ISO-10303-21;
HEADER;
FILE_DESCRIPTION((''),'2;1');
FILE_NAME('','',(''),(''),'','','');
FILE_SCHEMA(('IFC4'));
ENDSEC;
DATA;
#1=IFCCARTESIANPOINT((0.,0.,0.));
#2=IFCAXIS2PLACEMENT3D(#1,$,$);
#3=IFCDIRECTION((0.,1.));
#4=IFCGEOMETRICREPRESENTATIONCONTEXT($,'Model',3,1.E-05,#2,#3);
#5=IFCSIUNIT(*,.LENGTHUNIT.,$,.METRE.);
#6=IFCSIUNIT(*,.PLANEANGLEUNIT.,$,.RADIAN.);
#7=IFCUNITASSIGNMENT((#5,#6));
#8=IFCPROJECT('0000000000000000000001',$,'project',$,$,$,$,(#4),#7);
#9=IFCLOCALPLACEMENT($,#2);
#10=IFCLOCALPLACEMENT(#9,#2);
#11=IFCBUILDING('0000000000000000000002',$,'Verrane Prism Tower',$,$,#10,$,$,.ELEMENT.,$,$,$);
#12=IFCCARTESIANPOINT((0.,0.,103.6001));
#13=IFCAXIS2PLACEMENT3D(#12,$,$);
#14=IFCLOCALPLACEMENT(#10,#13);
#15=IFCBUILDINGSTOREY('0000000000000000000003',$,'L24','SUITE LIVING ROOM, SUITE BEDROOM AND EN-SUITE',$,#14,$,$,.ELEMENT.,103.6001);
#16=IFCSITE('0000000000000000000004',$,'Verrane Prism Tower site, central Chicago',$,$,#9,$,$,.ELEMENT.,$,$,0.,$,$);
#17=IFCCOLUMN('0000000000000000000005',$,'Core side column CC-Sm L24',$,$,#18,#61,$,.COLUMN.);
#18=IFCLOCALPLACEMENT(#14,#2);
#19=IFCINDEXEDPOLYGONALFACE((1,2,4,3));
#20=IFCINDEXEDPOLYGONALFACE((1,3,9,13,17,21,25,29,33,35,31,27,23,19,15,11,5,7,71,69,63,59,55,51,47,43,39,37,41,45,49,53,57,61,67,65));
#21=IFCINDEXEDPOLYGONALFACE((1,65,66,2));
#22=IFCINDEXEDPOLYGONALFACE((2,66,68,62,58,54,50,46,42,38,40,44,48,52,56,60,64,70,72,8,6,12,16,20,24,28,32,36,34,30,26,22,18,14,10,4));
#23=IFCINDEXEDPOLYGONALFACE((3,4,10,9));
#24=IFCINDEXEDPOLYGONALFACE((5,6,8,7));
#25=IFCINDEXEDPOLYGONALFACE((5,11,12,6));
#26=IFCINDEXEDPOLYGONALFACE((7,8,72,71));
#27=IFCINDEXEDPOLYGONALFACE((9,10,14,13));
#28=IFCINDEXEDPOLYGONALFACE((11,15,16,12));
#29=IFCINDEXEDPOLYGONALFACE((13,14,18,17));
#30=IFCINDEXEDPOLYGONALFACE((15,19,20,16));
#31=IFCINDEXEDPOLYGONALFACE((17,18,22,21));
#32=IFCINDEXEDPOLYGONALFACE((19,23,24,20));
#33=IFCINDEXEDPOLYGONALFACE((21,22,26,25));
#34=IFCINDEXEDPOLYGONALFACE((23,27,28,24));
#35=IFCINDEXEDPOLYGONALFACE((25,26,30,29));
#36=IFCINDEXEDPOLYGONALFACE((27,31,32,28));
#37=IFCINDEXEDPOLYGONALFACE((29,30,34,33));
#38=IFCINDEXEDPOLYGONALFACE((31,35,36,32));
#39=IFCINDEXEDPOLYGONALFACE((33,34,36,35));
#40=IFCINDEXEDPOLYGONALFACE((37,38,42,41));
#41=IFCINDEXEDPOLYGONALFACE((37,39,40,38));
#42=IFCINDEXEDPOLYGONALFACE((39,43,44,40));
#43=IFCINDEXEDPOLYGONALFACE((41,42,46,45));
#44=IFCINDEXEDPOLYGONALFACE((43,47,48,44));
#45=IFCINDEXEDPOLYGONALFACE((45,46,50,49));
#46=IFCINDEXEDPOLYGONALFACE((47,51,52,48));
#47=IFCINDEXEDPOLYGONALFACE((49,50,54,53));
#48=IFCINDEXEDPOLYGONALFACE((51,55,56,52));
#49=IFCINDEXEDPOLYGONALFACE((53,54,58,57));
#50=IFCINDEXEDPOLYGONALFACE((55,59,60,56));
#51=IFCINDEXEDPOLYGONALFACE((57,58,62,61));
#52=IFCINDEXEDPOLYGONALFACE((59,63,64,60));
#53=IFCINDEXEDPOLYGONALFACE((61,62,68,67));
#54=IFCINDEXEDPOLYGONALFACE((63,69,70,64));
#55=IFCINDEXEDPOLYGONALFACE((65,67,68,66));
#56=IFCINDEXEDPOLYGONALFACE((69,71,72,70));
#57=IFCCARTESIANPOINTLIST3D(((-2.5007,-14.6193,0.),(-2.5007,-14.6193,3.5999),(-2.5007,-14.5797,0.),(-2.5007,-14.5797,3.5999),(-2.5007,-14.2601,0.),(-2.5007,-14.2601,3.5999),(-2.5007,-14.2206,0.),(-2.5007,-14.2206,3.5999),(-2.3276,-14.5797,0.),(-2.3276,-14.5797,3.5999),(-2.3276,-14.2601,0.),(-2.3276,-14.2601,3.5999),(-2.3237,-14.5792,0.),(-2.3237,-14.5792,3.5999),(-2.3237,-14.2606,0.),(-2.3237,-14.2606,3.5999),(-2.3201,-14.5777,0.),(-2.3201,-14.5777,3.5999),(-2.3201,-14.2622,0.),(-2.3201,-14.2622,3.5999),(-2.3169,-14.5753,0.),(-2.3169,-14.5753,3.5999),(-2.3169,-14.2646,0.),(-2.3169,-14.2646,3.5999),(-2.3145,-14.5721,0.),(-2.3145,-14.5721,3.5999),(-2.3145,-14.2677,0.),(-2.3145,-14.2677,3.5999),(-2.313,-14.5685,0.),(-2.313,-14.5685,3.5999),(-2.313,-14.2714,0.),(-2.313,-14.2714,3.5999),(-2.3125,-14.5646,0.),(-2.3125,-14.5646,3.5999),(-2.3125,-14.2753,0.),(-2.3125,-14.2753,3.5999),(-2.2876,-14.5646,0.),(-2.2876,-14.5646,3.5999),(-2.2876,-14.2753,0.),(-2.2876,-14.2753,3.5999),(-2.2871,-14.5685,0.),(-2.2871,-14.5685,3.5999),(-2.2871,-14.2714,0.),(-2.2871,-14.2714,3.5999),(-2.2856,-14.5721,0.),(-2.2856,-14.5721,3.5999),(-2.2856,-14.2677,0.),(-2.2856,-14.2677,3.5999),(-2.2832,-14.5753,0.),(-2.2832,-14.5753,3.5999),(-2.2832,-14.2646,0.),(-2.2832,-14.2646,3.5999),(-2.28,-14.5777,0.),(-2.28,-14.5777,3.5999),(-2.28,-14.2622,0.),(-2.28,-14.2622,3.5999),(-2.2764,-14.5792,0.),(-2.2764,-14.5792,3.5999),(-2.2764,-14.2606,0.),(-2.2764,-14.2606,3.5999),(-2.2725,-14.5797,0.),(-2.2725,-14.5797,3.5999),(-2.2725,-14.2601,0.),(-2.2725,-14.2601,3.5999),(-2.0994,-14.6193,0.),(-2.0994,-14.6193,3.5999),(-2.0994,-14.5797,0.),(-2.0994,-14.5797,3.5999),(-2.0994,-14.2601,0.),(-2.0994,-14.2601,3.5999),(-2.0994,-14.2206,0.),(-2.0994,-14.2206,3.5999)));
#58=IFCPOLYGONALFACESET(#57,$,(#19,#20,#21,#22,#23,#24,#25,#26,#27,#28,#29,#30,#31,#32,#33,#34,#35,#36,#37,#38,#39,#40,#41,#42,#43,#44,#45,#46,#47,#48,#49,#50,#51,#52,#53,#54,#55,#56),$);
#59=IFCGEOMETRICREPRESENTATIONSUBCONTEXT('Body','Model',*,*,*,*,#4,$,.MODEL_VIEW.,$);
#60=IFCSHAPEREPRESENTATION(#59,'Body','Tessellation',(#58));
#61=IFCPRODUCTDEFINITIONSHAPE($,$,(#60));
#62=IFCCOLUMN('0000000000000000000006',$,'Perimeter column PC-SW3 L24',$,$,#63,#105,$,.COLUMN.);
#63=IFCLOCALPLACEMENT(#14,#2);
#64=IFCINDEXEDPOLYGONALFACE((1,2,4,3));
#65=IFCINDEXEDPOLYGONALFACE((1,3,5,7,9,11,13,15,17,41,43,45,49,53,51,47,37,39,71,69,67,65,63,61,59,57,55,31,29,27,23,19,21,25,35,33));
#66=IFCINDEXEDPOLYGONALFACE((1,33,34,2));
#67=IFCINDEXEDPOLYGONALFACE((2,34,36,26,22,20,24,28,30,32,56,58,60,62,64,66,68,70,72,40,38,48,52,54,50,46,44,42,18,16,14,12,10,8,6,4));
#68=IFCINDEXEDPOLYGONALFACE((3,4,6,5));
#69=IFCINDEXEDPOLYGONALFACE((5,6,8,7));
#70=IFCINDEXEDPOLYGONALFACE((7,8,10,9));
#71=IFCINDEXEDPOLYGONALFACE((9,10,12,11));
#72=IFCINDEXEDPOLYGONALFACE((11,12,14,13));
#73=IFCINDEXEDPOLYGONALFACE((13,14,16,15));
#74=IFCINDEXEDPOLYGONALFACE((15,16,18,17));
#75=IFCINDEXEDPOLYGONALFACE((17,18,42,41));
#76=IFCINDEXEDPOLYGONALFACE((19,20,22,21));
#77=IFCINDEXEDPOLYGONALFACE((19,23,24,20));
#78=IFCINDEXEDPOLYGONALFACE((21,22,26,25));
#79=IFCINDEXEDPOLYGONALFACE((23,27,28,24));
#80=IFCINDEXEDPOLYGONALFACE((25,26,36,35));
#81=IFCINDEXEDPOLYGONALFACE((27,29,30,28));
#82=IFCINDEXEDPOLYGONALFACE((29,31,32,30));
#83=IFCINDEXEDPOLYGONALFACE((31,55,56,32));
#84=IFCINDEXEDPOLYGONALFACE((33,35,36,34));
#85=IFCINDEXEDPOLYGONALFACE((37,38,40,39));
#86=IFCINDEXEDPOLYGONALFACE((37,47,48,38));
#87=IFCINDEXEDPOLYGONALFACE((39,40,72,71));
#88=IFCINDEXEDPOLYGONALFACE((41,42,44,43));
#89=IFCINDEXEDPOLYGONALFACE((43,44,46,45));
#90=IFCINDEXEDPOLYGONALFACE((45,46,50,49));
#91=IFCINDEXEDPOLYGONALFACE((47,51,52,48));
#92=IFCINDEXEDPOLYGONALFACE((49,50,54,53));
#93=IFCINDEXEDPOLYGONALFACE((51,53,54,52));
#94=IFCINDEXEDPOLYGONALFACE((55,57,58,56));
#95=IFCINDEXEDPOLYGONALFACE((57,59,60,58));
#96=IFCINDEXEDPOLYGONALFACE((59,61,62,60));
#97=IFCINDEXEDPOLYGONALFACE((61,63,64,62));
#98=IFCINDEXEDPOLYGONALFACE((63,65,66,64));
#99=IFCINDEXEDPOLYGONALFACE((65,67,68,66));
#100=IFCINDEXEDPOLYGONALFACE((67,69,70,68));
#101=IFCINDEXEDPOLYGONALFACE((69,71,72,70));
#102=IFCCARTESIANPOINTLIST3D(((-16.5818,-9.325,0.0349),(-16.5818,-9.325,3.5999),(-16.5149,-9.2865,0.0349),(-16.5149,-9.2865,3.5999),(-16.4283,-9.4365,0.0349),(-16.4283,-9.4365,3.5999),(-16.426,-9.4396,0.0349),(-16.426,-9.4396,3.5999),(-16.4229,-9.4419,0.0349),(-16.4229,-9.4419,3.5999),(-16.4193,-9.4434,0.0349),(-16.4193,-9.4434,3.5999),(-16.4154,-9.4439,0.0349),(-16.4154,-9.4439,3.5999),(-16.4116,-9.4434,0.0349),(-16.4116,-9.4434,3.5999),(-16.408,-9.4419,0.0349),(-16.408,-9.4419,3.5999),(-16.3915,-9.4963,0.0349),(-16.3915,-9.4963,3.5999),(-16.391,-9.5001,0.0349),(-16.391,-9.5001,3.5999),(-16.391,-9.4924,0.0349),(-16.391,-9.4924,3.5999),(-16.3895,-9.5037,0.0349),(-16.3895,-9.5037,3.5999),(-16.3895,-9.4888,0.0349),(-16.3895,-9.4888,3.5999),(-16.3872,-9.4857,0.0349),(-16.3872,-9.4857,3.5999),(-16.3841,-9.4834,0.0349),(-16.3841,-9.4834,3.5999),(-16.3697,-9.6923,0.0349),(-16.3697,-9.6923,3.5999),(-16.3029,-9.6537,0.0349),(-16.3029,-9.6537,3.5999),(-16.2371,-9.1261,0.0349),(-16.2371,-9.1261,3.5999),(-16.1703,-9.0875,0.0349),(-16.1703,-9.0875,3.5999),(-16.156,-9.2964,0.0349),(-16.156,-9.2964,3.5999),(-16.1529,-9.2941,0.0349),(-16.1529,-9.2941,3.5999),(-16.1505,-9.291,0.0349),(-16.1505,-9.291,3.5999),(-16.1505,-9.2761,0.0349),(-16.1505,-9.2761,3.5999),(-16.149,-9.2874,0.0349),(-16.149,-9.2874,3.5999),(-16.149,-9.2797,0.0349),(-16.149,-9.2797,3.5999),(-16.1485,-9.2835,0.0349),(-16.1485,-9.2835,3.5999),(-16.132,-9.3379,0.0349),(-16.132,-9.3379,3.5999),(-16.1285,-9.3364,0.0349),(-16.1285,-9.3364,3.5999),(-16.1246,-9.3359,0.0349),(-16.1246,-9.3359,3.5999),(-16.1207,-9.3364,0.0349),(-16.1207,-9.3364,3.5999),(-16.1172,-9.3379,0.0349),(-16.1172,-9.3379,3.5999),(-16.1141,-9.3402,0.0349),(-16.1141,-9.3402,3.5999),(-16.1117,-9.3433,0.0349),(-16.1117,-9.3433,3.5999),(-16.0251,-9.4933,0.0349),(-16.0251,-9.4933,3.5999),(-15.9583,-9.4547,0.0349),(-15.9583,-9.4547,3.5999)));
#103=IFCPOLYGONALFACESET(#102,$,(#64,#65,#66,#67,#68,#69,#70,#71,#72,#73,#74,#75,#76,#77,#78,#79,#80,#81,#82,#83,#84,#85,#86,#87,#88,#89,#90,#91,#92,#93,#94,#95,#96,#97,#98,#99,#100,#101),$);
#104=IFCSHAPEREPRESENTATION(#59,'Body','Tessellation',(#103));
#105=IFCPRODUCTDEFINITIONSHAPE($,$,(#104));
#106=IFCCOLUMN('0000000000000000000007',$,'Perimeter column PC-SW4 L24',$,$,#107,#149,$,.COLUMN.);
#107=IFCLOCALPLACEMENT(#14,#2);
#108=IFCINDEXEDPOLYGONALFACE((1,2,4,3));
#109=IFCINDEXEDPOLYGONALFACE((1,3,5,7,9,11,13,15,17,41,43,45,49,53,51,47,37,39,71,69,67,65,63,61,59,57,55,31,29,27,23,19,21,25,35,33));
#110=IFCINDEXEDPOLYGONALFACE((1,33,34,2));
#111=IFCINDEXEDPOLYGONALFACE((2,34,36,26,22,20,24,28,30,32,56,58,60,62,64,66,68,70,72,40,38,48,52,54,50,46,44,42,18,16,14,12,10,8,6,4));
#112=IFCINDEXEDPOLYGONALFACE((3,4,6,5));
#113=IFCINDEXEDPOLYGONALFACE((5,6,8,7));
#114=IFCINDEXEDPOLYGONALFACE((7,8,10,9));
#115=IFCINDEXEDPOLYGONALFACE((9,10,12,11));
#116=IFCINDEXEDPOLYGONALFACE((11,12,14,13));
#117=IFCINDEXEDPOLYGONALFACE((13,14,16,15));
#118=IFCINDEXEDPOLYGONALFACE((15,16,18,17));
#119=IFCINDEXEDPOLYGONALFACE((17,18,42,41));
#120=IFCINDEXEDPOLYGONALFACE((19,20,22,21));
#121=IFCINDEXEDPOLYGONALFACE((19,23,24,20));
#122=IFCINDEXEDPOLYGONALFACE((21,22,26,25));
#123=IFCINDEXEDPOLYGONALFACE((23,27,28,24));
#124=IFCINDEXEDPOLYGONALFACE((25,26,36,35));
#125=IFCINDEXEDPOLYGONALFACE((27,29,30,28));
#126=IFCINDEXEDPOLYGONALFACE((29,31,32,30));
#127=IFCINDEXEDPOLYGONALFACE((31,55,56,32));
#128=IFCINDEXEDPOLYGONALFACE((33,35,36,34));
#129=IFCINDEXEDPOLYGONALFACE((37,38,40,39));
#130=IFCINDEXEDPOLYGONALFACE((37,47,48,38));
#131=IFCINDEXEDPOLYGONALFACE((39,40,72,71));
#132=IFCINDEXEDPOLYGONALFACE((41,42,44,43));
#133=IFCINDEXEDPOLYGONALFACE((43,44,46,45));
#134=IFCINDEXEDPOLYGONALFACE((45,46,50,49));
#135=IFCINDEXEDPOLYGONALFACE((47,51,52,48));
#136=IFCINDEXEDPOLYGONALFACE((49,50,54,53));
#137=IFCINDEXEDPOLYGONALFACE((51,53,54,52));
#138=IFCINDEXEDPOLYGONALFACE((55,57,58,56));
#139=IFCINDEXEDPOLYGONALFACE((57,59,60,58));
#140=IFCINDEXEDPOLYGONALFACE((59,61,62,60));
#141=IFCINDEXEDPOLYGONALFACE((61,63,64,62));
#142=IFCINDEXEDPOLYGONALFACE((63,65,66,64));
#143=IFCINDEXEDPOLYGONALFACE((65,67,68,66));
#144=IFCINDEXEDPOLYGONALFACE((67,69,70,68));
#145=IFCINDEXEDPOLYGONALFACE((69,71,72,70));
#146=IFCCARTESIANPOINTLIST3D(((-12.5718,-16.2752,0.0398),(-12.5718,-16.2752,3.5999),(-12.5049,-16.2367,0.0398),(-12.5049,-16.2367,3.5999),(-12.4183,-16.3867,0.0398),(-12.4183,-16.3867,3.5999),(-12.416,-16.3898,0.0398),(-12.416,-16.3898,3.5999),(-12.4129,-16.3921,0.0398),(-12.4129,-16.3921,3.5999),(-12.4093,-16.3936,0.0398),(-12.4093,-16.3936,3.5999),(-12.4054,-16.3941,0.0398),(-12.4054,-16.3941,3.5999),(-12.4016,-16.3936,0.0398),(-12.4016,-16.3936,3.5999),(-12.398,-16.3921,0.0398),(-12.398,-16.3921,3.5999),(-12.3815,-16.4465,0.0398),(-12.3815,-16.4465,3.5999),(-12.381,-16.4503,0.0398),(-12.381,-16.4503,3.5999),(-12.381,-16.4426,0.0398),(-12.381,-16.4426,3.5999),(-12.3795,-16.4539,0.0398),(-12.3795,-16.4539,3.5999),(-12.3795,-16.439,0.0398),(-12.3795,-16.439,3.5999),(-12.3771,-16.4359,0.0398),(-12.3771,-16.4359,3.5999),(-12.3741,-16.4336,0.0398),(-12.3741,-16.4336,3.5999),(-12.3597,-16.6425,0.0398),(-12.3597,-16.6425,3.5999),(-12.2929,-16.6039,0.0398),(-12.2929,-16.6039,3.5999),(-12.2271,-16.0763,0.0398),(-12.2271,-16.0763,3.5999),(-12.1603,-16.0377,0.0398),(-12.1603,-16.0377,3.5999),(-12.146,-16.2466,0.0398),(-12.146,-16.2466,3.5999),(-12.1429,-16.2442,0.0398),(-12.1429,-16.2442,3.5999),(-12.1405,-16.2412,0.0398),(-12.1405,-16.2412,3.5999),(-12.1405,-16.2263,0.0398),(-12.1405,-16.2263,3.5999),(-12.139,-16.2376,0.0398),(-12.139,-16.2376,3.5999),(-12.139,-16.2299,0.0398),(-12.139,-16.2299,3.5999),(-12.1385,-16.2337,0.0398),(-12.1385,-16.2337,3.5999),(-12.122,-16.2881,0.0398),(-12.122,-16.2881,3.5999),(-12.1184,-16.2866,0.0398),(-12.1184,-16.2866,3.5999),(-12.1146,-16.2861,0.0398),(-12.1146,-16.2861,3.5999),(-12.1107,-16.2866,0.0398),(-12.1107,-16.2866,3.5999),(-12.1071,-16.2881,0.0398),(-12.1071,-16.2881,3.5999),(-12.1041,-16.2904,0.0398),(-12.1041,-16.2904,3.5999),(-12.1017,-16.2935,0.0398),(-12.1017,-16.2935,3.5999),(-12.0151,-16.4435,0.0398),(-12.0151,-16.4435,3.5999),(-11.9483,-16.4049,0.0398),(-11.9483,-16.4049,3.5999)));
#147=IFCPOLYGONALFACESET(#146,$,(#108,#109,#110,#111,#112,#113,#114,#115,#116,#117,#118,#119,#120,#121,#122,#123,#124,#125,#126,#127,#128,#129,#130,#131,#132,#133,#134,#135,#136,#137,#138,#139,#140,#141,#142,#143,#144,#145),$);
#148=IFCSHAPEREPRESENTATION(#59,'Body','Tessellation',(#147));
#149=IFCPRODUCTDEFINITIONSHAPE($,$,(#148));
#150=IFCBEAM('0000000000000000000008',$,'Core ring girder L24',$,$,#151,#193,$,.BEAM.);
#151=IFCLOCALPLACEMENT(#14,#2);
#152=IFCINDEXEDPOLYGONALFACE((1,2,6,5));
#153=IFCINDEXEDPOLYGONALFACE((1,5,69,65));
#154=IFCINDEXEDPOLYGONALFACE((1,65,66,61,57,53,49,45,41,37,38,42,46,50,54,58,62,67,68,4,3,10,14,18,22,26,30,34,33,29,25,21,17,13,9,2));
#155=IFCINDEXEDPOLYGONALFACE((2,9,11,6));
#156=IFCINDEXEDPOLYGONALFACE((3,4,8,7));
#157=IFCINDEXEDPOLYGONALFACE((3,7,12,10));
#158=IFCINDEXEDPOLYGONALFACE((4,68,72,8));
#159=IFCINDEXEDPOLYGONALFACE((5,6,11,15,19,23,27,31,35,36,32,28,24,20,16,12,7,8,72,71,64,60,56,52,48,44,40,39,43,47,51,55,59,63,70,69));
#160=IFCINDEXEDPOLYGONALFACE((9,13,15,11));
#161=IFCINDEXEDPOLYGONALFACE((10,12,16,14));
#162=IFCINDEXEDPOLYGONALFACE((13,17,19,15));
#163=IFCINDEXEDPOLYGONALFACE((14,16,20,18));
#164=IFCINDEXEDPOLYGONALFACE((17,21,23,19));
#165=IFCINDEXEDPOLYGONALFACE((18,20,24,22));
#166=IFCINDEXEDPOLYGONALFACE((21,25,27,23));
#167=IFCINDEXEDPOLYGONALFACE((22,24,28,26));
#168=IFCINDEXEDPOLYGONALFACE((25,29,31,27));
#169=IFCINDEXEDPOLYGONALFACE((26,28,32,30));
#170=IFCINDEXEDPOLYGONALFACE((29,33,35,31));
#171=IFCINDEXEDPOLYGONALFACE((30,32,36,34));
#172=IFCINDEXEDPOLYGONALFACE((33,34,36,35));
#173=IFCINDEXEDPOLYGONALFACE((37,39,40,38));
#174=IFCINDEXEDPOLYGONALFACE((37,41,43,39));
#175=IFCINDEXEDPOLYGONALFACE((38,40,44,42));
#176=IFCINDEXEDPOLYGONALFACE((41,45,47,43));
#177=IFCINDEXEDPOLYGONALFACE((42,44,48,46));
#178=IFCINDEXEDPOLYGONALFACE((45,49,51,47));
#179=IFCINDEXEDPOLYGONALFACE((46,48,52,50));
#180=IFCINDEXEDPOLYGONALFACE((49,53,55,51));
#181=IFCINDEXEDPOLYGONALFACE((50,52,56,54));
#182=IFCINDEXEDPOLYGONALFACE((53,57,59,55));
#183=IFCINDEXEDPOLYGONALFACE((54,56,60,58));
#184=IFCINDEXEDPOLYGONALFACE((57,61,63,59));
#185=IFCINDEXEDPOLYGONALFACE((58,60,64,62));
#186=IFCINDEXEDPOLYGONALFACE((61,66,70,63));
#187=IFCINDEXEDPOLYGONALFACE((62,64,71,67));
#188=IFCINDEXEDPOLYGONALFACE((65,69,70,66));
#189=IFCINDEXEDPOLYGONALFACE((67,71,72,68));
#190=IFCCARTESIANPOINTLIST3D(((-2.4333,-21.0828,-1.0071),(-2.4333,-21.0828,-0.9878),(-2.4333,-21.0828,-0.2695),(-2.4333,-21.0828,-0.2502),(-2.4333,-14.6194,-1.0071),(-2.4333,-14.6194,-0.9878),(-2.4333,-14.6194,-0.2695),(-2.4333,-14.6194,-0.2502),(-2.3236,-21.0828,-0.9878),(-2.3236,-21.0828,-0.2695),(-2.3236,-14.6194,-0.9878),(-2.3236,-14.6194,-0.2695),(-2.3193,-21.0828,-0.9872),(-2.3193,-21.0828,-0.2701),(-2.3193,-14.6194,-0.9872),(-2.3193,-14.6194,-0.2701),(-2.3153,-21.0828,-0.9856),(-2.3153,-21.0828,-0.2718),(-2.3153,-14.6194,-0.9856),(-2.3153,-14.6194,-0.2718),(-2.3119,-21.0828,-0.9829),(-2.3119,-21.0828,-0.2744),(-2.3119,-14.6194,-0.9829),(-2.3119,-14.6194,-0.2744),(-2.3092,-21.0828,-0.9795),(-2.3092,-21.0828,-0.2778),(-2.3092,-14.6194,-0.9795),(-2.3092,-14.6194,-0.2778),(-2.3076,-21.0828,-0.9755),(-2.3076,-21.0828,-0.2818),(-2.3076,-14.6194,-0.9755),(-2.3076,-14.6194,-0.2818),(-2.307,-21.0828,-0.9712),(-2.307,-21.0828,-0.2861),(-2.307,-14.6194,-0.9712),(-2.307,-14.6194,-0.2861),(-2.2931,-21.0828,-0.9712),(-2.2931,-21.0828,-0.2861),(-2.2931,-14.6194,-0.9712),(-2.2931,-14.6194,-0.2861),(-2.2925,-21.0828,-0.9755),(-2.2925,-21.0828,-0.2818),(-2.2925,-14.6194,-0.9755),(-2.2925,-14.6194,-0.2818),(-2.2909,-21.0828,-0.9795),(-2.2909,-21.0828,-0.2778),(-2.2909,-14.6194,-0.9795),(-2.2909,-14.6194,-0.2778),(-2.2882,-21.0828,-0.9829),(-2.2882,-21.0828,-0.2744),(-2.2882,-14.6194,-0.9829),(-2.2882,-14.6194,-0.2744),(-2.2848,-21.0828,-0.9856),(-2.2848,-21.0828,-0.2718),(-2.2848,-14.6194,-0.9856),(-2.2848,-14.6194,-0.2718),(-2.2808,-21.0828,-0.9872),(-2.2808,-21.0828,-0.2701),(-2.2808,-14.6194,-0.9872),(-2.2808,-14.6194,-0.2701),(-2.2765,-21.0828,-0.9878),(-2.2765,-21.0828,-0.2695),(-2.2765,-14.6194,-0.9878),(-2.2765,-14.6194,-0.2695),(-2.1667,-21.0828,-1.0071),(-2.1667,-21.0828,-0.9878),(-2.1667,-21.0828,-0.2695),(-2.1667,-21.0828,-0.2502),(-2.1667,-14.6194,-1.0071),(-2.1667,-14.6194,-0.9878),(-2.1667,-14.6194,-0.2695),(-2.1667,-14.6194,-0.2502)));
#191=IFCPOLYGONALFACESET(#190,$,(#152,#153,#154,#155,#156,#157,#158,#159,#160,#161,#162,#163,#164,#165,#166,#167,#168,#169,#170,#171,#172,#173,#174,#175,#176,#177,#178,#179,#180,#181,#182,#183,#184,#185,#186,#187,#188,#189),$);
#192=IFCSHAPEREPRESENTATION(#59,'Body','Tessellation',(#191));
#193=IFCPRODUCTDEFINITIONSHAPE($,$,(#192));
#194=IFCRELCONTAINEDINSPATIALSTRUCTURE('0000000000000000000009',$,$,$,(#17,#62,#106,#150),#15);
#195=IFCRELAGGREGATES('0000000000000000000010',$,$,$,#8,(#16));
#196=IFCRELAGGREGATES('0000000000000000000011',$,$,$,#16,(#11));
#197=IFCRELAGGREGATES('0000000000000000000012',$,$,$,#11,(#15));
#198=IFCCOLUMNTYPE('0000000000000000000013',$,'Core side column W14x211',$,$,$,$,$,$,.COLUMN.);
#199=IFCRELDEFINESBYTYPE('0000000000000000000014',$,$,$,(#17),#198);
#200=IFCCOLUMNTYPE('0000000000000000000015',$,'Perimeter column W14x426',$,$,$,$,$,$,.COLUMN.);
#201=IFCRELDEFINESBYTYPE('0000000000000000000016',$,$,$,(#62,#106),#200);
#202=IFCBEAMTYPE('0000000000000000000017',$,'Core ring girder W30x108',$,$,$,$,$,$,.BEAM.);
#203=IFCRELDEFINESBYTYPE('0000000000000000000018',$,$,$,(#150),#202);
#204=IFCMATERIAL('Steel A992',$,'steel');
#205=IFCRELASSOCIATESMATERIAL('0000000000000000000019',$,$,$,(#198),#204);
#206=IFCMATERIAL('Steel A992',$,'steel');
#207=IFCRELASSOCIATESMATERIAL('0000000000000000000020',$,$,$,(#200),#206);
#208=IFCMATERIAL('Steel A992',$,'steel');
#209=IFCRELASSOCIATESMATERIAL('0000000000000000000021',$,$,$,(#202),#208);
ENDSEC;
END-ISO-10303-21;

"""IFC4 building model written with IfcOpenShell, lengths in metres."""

from ifc_helpers import new_model, si_unit, direction, frame, origin, origin_2d, place, context, subcontext, project, spatial, i_section, extrude, material, material_profile, profile_set, type_object, element, save


model = new_model("IFC4")

# Units and contexts
model_context = context("Model", 3, precision=1e-05, world=origin(), true_north=direction((0.0, 1.0)))
body_context = subcontext(model_context, "Body", "Model", "MODEL_VIEW")
ifc_project = project(units=[si_unit("LENGTHUNIT", "METRE"), si_unit("PLANEANGLEUNIT", "RADIAN")], contexts=[model_context])

# Site, building, storey
site_placement = place(None, origin())
site = spatial("IfcSite", under=ifc_project, at=site_placement, Name="Verrane Prism Tower site, central Chicago", CompositionType="ELEMENT", RefElevation=0.0)
building_placement = place(site_placement, origin())
building = spatial("IfcBuilding", under=site, at=building_placement, Name="Verrane Prism Tower", CompositionType="ELEMENT")
storey_placement = place(building_placement, frame((0.0, 0.0, 103.6001)))
storey = spatial("IfcBuildingStorey", under=building, at=storey_placement, Name="L24", Description="SUITE LIVING ROOM, SUITE BEDROOM AND EN-SUITE", CompositionType="ELEMENT", Elevation=103.6001)

# Columns
ifc_material_1 = material(Name="Steel A992", Category="steel")
ifc_material_profile_1 = material_profile(ifc_material_1, i_section(OverallWidth=0.4014, OverallDepth=0.3987, WebThickness=0.0249, FlangeThickness=0.0396, FilletRadius=0.0151, at=origin_2d()), Name="W14x211")
ifc_profile_set_1 = profile_set([ifc_material_profile_1], Name="Steel A992")
column_type_1 = type_object("IfcColumnType", Name="Core side column W14x211", PredefinedType="COLUMN", material=ifc_profile_set_1)
column_1_placement = place(storey_placement, frame((-2.3, -14.4199, 0.0), z_axis=(0.0, 0.0, 1.0), x_axis=(1.0, 0.0, 0.0)))
element("IfcColumn", 1, at=column_1_placement, inside=storey, type_object=column_type_1, Name="Core side column CC-Sm L24", PredefinedType="COLUMN", context=body_context, shape_type="SweptSolid", body=[
    extrude(i_section(OverallWidth=0.4014, OverallDepth=0.3987, WebThickness=0.0249, FlangeThickness=0.0396, FilletRadius=0.0151, at=origin_2d()), origin(), (0.0, 0.0, 1.0), 3.5999),
])
ifc_material_2 = material(Name="Steel A992", Category="steel")
ifc_material_profile_2 = material_profile(ifc_material_2, i_section(OverallWidth=0.4241, OverallDepth=0.4751, WebThickness=0.0479, FlangeThickness=0.0771, FilletRadius=0.0149, at=origin_2d()), Name="W14x426")
ifc_profile_set_2 = profile_set([ifc_material_profile_2], Name="Steel A992")
column_type_2 = type_object("IfcColumnType", Name="Perimeter column W14x426", PredefinedType="COLUMN", material=ifc_profile_set_2)
column_2_placement = place(storey_placement, frame((-16.27, -9.3899, 0.0349), z_axis=(0.0, 0.0, 1.0), x_axis=(-0.5, 0.866025, 0.0)))
element("IfcColumn", 2, at=column_2_placement, inside=storey, type_object=column_type_2, Name="Perimeter column PC-SW3 L24", PredefinedType="COLUMN", context=body_context, shape_type="SweptSolid", body=[
    extrude(i_section(OverallWidth=0.4241, OverallDepth=0.4751, WebThickness=0.0479, FlangeThickness=0.0771, FilletRadius=0.0149, at=origin_2d()), origin(), (0.0, 0.0, 1.0), 3.5649),
])
column_3_placement = place(storey_placement, frame((-12.26, -16.3401, 0.0398), z_axis=(0.0, 0.0, 1.0), x_axis=(-0.5, 0.866025, 0.0)))
element("IfcColumn", 3, at=column_3_placement, inside=storey, type_object=column_type_2, Name="Perimeter column PC-SW4 L24", PredefinedType="COLUMN", context=body_context, shape_type="SweptSolid", body=[
    extrude(i_section(OverallWidth=0.4241, OverallDepth=0.4751, WebThickness=0.0479, FlangeThickness=0.0771, FilletRadius=0.0149, at=origin_2d()), origin(), (0.0, 0.0, 1.0), 3.5601),
])

# Beam
ifc_material_3 = material(Name="Steel A992", Category="steel")
ifc_material_profile_3 = material_profile(ifc_material_3, i_section(OverallWidth=0.2666, OverallDepth=0.7568, WebThickness=0.0139, FlangeThickness=0.0193, FilletRadius=0.0166, at=origin_2d()), Name="W30x108")
ifc_profile_set_3 = profile_set([ifc_material_profile_3], Name="Steel A992")
beam_type_1 = type_object("IfcBeamType", Name="Core ring girder W30x108", PredefinedType="BEAM", material=ifc_profile_set_3)
beam_1_placement = place(storey_placement, frame((-2.3, -14.6194, -0.6287), z_axis=(0.0, -1.0, 0.0), x_axis=(1.0, 0.0, 0.0)))
element("IfcBeam", 4, at=beam_1_placement, inside=storey, type_object=beam_type_1, Name="Core ring girder L24", PredefinedType="BEAM", context=body_context, shape_type="SweptSolid", body=[
    extrude(i_section(OverallWidth=0.2666, OverallDepth=0.7568, WebThickness=0.0139, FlangeThickness=0.0193, FilletRadius=0.0166, at=origin_2d()), origin(), (0.0, 0.0, 1.0), 6.4634),
])

save(model, "model.ifc")
